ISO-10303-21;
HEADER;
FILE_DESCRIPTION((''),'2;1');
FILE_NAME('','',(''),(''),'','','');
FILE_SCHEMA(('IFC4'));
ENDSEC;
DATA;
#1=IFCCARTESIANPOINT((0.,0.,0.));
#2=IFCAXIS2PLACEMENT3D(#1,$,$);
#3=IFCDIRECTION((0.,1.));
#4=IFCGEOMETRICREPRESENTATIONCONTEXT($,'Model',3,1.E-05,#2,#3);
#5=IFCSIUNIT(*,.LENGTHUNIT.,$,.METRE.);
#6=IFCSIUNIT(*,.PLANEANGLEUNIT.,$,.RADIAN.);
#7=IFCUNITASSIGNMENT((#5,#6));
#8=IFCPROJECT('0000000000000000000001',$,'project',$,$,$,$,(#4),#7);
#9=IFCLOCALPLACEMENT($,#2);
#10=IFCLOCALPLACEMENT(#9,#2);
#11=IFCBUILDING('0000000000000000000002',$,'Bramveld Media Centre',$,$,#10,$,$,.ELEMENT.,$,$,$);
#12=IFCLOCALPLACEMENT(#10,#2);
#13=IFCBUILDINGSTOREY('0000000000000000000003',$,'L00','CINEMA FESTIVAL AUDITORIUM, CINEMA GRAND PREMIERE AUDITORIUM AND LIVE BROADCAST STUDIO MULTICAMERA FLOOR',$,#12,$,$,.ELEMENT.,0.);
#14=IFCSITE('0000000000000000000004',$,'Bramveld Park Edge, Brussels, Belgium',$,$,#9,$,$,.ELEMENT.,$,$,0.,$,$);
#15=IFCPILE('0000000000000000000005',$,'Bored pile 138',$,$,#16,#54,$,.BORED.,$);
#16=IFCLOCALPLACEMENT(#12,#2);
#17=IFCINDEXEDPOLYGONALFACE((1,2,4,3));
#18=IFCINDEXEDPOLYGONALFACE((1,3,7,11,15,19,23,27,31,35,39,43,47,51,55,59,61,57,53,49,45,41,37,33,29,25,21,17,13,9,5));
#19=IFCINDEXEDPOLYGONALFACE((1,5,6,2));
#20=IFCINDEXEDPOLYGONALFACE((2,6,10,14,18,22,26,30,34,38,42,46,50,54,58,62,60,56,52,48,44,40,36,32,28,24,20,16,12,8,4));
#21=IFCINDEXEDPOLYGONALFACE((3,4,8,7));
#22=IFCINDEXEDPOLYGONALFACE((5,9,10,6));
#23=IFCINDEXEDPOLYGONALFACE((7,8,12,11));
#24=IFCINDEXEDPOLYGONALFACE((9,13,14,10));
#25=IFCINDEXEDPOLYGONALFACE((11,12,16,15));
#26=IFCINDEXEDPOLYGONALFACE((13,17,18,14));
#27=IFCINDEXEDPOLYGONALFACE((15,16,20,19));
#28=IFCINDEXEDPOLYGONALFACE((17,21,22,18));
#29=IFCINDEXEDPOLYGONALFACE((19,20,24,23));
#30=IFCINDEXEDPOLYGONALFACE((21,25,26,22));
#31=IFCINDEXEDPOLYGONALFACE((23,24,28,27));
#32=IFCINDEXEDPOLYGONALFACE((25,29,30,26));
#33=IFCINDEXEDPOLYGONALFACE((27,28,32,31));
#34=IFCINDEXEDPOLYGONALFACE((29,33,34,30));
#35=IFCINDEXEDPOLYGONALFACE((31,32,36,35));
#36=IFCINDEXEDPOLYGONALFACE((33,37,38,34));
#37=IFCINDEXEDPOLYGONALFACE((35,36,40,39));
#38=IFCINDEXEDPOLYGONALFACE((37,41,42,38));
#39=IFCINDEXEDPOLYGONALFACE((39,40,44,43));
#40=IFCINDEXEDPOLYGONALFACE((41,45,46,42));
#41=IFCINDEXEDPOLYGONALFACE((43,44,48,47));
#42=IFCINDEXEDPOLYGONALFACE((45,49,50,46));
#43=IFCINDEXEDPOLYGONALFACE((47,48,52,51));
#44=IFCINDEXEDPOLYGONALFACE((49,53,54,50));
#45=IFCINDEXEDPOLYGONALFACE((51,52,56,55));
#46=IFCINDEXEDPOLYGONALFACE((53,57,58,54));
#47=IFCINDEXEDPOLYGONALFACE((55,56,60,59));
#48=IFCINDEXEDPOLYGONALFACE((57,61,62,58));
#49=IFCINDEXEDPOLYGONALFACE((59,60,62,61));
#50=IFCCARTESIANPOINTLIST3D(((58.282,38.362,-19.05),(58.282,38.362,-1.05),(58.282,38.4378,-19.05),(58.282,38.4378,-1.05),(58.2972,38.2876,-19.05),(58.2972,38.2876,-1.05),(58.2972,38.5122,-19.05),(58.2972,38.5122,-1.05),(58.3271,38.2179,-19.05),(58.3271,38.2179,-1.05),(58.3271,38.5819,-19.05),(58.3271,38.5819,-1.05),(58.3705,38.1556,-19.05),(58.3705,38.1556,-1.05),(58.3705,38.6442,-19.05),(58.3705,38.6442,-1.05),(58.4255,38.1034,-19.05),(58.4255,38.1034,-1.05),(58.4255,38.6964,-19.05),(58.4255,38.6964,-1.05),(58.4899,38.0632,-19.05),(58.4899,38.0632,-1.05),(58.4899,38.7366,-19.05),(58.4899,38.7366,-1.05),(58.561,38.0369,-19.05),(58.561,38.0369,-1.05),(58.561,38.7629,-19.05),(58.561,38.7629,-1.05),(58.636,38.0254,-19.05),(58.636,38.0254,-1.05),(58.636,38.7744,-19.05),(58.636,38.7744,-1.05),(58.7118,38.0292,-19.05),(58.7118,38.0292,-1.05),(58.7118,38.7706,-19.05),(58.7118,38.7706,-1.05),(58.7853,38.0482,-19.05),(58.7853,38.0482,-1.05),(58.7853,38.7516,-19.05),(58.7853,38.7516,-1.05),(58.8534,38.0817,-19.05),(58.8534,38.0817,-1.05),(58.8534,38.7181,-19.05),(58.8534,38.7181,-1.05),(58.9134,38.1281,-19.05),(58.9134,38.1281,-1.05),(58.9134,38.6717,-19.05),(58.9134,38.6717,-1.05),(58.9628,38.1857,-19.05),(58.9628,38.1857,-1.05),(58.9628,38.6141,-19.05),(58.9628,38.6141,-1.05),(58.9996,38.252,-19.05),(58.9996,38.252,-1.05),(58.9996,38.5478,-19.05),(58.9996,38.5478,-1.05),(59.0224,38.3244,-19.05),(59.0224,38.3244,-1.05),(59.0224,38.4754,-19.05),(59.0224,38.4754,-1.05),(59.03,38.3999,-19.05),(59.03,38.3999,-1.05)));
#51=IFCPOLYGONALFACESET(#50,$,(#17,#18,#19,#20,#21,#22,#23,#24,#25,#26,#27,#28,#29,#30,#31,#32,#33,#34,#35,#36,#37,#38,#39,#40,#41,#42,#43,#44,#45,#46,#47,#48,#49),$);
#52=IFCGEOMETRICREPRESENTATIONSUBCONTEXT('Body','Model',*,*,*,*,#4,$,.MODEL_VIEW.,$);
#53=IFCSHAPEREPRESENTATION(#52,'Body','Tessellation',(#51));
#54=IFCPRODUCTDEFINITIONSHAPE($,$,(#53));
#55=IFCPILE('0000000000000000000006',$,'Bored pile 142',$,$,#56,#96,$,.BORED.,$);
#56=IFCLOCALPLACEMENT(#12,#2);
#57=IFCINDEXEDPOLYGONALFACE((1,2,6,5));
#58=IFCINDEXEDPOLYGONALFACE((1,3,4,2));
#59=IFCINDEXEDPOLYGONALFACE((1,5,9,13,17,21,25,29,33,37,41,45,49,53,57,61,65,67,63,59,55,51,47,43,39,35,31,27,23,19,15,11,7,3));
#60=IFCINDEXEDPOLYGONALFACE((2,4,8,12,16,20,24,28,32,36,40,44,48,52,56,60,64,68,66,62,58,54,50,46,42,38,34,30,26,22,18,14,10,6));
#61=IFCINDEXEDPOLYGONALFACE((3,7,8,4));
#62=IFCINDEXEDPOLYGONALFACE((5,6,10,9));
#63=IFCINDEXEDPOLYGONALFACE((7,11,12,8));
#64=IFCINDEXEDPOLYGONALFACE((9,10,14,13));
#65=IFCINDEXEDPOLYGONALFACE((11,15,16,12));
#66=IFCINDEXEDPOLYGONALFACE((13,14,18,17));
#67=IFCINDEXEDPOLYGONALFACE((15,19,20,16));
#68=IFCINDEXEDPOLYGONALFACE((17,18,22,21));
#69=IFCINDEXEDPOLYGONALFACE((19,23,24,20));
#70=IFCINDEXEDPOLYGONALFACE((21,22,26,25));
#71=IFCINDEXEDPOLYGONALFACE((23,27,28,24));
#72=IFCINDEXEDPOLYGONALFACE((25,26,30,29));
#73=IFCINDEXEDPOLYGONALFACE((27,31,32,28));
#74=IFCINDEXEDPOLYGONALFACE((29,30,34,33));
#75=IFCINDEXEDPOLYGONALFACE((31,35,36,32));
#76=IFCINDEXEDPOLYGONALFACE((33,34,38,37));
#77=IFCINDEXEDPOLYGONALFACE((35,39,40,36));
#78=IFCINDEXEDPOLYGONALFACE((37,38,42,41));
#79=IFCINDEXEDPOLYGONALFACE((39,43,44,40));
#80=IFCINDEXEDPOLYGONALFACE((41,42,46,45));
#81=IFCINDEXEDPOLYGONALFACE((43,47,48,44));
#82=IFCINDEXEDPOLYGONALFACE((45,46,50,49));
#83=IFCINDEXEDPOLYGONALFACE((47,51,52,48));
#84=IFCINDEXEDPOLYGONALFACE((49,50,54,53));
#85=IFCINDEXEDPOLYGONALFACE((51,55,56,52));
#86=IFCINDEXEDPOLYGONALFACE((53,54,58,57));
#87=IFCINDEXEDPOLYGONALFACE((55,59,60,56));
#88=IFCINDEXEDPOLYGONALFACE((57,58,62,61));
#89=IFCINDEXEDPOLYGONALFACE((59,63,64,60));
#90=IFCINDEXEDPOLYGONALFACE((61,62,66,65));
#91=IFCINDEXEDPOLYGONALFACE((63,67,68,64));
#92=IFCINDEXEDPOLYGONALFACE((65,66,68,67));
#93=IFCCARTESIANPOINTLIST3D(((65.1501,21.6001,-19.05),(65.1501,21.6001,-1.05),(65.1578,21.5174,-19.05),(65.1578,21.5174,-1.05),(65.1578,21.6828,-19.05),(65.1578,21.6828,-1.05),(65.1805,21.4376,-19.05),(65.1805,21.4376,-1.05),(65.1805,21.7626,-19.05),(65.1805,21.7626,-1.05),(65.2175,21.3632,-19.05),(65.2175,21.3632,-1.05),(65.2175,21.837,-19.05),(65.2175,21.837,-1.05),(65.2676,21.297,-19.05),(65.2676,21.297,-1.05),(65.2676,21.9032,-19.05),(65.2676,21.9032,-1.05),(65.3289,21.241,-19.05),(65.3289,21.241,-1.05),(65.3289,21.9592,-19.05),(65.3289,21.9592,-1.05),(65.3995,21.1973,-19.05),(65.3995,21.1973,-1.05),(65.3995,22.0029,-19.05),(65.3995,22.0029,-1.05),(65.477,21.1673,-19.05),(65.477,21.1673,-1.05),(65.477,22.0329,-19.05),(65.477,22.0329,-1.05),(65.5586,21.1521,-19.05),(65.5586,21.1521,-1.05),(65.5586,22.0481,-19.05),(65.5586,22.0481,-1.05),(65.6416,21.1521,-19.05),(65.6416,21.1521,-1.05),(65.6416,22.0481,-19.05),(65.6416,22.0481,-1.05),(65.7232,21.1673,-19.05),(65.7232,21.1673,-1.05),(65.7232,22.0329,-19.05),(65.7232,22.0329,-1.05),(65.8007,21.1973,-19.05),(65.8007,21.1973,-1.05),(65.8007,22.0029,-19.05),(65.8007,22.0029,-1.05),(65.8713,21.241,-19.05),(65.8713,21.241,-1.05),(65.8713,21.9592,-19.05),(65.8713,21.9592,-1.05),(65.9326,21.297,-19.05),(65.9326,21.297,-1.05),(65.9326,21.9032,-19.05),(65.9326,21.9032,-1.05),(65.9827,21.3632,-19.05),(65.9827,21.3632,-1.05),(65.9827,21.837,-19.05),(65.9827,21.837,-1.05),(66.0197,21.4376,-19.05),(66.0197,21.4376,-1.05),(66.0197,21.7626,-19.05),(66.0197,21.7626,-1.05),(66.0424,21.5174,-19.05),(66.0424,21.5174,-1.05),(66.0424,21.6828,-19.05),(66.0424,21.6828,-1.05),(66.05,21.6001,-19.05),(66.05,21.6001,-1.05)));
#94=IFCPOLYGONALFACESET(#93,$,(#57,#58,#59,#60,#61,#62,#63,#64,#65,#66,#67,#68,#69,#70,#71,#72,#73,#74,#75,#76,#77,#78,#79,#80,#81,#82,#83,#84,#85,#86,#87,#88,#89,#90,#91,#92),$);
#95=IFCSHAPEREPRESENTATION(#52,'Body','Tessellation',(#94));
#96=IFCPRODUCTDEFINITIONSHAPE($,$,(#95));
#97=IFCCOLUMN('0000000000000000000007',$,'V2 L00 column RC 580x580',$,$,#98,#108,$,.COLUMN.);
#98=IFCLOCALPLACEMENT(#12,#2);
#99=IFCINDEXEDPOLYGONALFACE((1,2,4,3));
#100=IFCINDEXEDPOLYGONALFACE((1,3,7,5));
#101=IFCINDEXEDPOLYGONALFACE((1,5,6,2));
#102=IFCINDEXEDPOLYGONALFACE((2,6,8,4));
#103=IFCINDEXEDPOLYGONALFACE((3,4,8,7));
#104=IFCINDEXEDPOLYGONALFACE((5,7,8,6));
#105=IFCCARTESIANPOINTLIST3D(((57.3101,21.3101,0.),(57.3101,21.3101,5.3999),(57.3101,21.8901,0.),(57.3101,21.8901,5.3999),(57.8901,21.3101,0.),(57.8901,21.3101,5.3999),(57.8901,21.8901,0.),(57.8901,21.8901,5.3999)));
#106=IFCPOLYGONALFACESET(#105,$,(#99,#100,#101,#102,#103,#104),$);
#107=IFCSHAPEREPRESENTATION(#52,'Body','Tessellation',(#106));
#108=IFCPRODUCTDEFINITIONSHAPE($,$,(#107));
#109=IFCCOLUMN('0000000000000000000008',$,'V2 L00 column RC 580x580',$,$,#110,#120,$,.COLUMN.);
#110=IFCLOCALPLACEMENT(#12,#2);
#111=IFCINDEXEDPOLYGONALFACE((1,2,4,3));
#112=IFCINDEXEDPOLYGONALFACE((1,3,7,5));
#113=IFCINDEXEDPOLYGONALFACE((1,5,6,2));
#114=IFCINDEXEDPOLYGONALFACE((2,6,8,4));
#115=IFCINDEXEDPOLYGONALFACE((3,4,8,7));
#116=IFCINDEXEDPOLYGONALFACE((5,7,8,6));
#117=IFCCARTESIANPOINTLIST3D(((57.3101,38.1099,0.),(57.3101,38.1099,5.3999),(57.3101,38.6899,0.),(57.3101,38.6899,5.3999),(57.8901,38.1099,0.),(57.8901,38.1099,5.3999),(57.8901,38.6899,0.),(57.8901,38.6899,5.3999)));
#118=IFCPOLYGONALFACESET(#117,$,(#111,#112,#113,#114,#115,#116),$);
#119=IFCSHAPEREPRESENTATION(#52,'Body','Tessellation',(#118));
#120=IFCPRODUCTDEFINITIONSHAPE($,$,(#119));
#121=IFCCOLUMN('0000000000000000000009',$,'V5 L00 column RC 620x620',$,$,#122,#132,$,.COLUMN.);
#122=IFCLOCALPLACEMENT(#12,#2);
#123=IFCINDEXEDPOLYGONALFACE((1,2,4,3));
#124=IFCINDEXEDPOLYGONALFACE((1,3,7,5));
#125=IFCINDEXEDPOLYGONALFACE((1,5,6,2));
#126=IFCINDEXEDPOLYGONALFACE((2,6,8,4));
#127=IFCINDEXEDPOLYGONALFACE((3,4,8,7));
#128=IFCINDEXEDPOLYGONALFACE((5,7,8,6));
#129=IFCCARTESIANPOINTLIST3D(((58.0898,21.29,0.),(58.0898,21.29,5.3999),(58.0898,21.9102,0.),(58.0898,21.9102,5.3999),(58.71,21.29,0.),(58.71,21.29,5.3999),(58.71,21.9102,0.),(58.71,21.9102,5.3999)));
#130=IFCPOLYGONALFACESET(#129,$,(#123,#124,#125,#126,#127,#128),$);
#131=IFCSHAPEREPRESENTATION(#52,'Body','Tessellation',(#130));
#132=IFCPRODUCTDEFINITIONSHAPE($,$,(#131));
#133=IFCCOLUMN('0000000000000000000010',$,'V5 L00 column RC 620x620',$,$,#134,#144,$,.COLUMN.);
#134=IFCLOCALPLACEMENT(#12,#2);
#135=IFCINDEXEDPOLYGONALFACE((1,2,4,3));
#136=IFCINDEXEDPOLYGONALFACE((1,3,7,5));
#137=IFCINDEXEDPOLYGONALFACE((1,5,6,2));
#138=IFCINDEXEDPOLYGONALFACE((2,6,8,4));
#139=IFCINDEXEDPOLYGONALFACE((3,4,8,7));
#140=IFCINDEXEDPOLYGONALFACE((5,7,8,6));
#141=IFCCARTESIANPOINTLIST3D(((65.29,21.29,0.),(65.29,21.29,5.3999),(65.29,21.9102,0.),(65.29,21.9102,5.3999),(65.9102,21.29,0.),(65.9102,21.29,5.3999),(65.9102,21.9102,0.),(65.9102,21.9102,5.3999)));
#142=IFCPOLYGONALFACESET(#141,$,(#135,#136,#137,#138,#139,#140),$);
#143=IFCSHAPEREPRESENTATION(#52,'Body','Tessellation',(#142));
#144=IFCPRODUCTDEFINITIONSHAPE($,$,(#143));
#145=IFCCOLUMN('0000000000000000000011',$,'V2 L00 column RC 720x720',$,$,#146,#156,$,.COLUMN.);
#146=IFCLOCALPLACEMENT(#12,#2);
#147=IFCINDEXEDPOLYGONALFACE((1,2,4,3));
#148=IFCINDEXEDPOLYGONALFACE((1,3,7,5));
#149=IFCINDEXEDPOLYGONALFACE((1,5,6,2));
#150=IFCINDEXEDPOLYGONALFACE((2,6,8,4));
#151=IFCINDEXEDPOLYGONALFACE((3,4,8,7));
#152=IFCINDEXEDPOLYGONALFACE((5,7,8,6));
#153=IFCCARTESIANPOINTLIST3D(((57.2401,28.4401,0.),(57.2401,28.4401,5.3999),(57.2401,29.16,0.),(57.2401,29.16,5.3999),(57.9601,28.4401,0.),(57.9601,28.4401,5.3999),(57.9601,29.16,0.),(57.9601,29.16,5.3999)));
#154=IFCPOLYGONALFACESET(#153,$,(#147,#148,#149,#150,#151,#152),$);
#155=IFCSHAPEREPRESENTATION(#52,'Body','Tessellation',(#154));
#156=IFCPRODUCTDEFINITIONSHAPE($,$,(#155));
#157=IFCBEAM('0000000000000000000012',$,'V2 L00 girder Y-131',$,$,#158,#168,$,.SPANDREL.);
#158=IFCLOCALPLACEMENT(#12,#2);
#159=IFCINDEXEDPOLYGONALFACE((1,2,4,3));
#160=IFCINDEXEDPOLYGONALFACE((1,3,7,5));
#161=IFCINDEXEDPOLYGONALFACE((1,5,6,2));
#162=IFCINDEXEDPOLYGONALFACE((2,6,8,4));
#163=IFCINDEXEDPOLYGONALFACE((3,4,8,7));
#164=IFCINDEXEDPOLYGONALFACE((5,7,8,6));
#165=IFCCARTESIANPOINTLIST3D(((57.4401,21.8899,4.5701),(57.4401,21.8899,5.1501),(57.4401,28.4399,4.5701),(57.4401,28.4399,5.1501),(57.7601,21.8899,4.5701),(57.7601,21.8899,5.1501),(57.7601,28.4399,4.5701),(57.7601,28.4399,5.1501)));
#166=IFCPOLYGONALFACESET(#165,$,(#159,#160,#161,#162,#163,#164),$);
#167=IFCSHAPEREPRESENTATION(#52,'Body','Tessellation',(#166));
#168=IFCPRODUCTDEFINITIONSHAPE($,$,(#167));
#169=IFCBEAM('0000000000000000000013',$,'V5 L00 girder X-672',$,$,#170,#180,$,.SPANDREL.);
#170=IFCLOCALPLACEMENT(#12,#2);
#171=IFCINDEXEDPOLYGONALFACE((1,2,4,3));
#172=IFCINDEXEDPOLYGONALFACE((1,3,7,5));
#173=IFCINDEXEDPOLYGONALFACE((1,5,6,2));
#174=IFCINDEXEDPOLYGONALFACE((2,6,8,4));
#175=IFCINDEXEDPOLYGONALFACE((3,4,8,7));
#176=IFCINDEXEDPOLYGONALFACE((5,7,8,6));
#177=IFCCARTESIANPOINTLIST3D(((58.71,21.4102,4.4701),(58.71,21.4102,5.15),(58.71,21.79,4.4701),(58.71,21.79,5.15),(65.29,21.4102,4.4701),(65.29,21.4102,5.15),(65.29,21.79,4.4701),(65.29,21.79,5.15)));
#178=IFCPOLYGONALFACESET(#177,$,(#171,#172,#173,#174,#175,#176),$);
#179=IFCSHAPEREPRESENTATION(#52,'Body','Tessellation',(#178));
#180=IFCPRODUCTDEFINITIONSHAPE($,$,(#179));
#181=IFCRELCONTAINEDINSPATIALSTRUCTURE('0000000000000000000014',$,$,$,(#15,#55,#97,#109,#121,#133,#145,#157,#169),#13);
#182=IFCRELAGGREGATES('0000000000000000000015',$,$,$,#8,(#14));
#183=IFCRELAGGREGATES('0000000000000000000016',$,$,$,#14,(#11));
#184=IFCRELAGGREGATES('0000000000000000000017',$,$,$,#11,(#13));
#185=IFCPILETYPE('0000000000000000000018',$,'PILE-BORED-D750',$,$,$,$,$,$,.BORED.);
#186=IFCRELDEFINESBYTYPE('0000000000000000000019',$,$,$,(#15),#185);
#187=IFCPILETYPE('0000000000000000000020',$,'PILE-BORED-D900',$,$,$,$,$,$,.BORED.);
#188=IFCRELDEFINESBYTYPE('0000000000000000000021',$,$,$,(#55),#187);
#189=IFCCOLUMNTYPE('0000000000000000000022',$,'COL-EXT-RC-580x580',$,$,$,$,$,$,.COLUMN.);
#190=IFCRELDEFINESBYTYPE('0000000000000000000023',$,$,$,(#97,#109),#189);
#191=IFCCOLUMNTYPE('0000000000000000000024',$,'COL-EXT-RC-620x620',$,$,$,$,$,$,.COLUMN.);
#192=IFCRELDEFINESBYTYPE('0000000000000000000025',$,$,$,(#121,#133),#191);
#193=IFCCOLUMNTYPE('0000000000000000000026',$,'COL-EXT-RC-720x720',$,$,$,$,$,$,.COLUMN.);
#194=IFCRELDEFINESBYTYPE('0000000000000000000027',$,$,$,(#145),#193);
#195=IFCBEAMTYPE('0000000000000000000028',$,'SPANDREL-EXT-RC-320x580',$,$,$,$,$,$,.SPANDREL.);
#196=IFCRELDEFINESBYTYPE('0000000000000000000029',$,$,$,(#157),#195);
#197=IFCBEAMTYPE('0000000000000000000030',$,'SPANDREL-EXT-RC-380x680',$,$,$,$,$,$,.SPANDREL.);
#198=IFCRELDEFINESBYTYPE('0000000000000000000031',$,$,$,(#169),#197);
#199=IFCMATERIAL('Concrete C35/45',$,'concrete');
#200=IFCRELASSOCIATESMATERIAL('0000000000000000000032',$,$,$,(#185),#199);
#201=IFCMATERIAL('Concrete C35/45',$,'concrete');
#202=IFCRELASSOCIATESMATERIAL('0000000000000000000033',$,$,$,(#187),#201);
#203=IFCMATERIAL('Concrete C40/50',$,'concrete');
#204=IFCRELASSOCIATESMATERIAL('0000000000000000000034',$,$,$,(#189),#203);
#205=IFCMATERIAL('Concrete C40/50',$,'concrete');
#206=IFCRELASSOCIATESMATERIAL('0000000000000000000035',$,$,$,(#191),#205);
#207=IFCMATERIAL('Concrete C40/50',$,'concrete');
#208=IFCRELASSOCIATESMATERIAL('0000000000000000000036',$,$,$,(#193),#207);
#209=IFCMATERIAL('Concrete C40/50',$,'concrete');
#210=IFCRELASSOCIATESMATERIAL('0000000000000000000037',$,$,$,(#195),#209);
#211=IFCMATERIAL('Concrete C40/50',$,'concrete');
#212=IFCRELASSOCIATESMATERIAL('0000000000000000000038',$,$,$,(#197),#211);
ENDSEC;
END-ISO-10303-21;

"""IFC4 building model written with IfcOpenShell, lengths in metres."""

from ifc_helpers import new_model, si_unit, direction, frame, origin, origin_2d, place, context, subcontext, project, spatial, rectangle, circle, extrude, material, material_profile, profile_set, type_object, element, save


model = new_model("IFC4")

# Units and contexts
model_context = context("Model", 3, precision=1e-05, world=origin(), true_north=direction((0.0, 1.0)))
body_context = subcontext(model_context, "Body", "Model", "MODEL_VIEW")
ifc_project = project(units=[si_unit("LENGTHUNIT", "METRE"), si_unit("PLANEANGLEUNIT", "RADIAN")], contexts=[model_context])

# Site, building, storey
site_placement = place(None, origin())
site = spatial("IfcSite", under=ifc_project, at=site_placement, Name="Bramveld Park Edge, Brussels, Belgium", CompositionType="ELEMENT", RefElevation=0.0)
building_placement = place(site_placement, origin())
building = spatial("IfcBuilding", under=site, at=building_placement, Name="Bramveld Media Centre", CompositionType="ELEMENT")
storey_placement = place(building_placement, origin())
storey = spatial("IfcBuildingStorey", under=building, at=storey_placement, Name="L00", Description="CINEMA FESTIVAL AUDITORIUM, CINEMA GRAND PREMIERE AUDITORIUM AND LIVE BROADCAST STUDIO MULTICAMERA FLOOR", CompositionType="ELEMENT", Elevation=0.0)

# Piles
ifc_material_1 = material(Name="Concrete C35/45", Category="concrete")
ifc_material_profile_1 = material_profile(ifc_material_1, circle(Radius=0.375, at=origin_2d()), Name="BORED D750")
ifc_profile_set_1 = profile_set([ifc_material_profile_1], Name="Concrete C35/45")
pile_type_1 = type_object("IfcPileType", Name="PILE-BORED-D750", PredefinedType="BORED", material=ifc_profile_set_1)
for number, where, z_axis, x_axis, name in (
    (1, (58.655, 38.3999, -1.05), (0.0, 0.0, -1.0), (1.0, 0.0, 0.0), "Bored pile 138"),
):
    element("IfcPile", number, at=place(storey_placement, frame(where, z_axis=z_axis, x_axis=x_axis)), inside=storey, type_object=pile_type_1, Name=name, PredefinedType="BORED", context=body_context, shape_type="SweptSolid", body=[
        extrude(circle(Radius=0.375, at=origin_2d()), origin(), (0.0, 0.0, 1.0), 18.0),
    ])
ifc_material_2 = material(Name="Concrete C35/45", Category="concrete")
ifc_material_profile_2 = material_profile(ifc_material_2, circle(Radius=0.45, at=origin_2d()), Name="BORED D900")
ifc_profile_set_2 = profile_set([ifc_material_profile_2], Name="Concrete C35/45")
pile_type_2 = type_object("IfcPileType", Name="PILE-BORED-D900", PredefinedType="BORED", material=ifc_profile_set_2)
pile_1_placement = place(storey_placement, frame((65.6001, 21.6001, -1.05), z_axis=(0.0, 0.0, -1.0), x_axis=(1.0, 0.0, 0.0)))
element("IfcPile", 2, at=pile_1_placement, inside=storey, type_object=pile_type_2, Name="Bored pile 142", PredefinedType="BORED", context=body_context, shape_type="SweptSolid", body=[
    extrude(circle(Radius=0.45, at=origin_2d()), origin(), (0.0, 0.0, 1.0), 18.0),
])

# Columns
ifc_material_3 = material(Name="Concrete C40/50", Category="concrete")
ifc_material_profile_3 = material_profile(ifc_material_3, rectangle(XDim=0.5801, YDim=0.5801, at=origin_2d()), Name="RC 580x580")
ifc_profile_set_3 = profile_set([ifc_material_profile_3], Name="Concrete C40/50")
column_type_1 = type_object("IfcColumnType", Name="COL-EXT-RC-580x580", PredefinedType="COLUMN", material=ifc_profile_set_3)
for number, where, z_axis, x_axis, name in (
    (3, (57.6001, 21.6001, 0.0), (0.0, 0.0, 1.0), (1.0, 0.0, 0.0), "V2 L00 column RC 580x580"),
    (4, (57.6001, 38.3999, 0.0), (0.0, 0.0, 1.0), (1.0, 0.0, 0.0), "V2 L00 column RC 580x580"),
):
    element("IfcColumn", number, at=place(storey_placement, frame(where, z_axis=z_axis, x_axis=x_axis)), inside=storey, type_object=column_type_1, Name=name, PredefinedType="COLUMN", context=body_context, shape_type="SweptSolid", body=[
        extrude(rectangle(XDim=0.5801, YDim=0.5801, at=origin_2d()), origin(), (0.0, 0.0, 1.0), 5.3999),
    ])
ifc_material_4 = material(Name="Concrete C40/50", Category="concrete")
ifc_material_profile_4 = material_profile(ifc_material_4, rectangle(XDim=0.6201, YDim=0.6201, at=origin_2d()), Name="RC 620x620")
ifc_profile_set_4 = profile_set([ifc_material_profile_4], Name="Concrete C40/50")
column_type_2 = type_object("IfcColumnType", Name="COL-EXT-RC-620x620", PredefinedType="COLUMN", material=ifc_profile_set_4)
for number, where, z_axis, x_axis, name in (
    (5, (58.3999, 21.6001, 0.0), (0.0, 0.0, 1.0), (1.0, 0.0, 0.0), "V5 L00 column RC 620x620"),
    (6, (65.6001, 21.6001, 0.0), (0.0, 0.0, 1.0), (1.0, 0.0, 0.0), "V5 L00 column RC 620x620"),
):
    element("IfcColumn", number, at=place(storey_placement, frame(where, z_axis=z_axis, x_axis=x_axis)), inside=storey, type_object=column_type_2, Name=name, PredefinedType="COLUMN", context=body_context, shape_type="SweptSolid", body=[
        extrude(rectangle(XDim=0.6201, YDim=0.6201, at=origin_2d()), origin(), (0.0, 0.0, 1.0), 5.3999),
    ])
ifc_material_5 = material(Name="Concrete C40/50", Category="concrete")
ifc_material_profile_5 = material_profile(ifc_material_5, rectangle(XDim=0.72, YDim=0.72, at=origin_2d()), Name="RC 720x720")
ifc_profile_set_5 = profile_set([ifc_material_profile_5], Name="Concrete C40/50")
column_type_3 = type_object("IfcColumnType", Name="COL-EXT-RC-720x720", PredefinedType="COLUMN", material=ifc_profile_set_5)
column_placement = place(storey_placement, frame((57.6001, 28.8, 0.0), z_axis=(0.0, 0.0, 1.0), x_axis=(1.0, 0.0, 0.0)))
element("IfcColumn", 7, at=column_placement, inside=storey, type_object=column_type_3, Name="V2 L00 column RC 720x720", PredefinedType="COLUMN", context=body_context, shape_type="SweptSolid", body=[
    extrude(rectangle(XDim=0.72, YDim=0.72, at=origin_2d()), origin(), (0.0, 0.0, 1.0), 5.3999),
])

# Beams
ifc_material_6 = material(Name="Concrete C40/50", Category="concrete")
ifc_material_profile_6 = material_profile(ifc_material_6, rectangle(XDim=0.3201, YDim=0.5801, at=origin_2d()), Name="RC 320x580")
ifc_profile_set_6 = profile_set([ifc_material_profile_6], Name="Concrete C40/50")
beam_type_1 = type_object("IfcBeamType", Name="SPANDREL-EXT-RC-320x580", PredefinedType="SPANDREL", material=ifc_profile_set_6)
beam_1_placement = place(storey_placement, frame((57.6001, 21.8899, 4.8601), z_axis=(0.0, 1.0, 0.0), x_axis=(-1.0, 0.0, 0.0)))
element("IfcBeam", 8, at=beam_1_placement, inside=storey, type_object=beam_type_1, Name="V2 L00 girder Y-131", PredefinedType="SPANDREL", context=body_context, shape_type="SweptSolid", body=[
    extrude(rectangle(XDim=0.3201, YDim=0.5801, at=origin_2d()), origin(), (0.0, 0.0, 1.0), 6.55),
])
ifc_material_7 = material(Name="Concrete C40/50", Category="concrete")
ifc_material_profile_7 = material_profile(ifc_material_7, rectangle(XDim=0.3799, YDim=0.6799, at=origin_2d()), Name="RC 380x680")
ifc_profile_set_7 = profile_set([ifc_material_profile_7], Name="Concrete C40/50")
beam_type_2 = type_object("IfcBeamType", Name="SPANDREL-EXT-RC-380x680", PredefinedType="SPANDREL", material=ifc_profile_set_7)
for number, where, z_axis, x_axis, name in (
    (9, (58.71, 21.6001, 4.8101), (1.0, 0.0, 0.0), (0.0, 1.0, 0.0), "V5 L00 girder X-672"),
):
    element("IfcBeam", number, at=place(storey_placement, frame(where, z_axis=z_axis, x_axis=x_axis)), inside=storey, type_object=beam_type_2, Name=name, PredefinedType="SPANDREL", context=body_context, shape_type="SweptSolid", body=[
        extrude(rectangle(XDim=0.3799, YDim=0.6799, at=origin_2d()), origin(), (0.0, 0.0, 1.0), 6.5801),
    ])

save(model, "model.ifc")
